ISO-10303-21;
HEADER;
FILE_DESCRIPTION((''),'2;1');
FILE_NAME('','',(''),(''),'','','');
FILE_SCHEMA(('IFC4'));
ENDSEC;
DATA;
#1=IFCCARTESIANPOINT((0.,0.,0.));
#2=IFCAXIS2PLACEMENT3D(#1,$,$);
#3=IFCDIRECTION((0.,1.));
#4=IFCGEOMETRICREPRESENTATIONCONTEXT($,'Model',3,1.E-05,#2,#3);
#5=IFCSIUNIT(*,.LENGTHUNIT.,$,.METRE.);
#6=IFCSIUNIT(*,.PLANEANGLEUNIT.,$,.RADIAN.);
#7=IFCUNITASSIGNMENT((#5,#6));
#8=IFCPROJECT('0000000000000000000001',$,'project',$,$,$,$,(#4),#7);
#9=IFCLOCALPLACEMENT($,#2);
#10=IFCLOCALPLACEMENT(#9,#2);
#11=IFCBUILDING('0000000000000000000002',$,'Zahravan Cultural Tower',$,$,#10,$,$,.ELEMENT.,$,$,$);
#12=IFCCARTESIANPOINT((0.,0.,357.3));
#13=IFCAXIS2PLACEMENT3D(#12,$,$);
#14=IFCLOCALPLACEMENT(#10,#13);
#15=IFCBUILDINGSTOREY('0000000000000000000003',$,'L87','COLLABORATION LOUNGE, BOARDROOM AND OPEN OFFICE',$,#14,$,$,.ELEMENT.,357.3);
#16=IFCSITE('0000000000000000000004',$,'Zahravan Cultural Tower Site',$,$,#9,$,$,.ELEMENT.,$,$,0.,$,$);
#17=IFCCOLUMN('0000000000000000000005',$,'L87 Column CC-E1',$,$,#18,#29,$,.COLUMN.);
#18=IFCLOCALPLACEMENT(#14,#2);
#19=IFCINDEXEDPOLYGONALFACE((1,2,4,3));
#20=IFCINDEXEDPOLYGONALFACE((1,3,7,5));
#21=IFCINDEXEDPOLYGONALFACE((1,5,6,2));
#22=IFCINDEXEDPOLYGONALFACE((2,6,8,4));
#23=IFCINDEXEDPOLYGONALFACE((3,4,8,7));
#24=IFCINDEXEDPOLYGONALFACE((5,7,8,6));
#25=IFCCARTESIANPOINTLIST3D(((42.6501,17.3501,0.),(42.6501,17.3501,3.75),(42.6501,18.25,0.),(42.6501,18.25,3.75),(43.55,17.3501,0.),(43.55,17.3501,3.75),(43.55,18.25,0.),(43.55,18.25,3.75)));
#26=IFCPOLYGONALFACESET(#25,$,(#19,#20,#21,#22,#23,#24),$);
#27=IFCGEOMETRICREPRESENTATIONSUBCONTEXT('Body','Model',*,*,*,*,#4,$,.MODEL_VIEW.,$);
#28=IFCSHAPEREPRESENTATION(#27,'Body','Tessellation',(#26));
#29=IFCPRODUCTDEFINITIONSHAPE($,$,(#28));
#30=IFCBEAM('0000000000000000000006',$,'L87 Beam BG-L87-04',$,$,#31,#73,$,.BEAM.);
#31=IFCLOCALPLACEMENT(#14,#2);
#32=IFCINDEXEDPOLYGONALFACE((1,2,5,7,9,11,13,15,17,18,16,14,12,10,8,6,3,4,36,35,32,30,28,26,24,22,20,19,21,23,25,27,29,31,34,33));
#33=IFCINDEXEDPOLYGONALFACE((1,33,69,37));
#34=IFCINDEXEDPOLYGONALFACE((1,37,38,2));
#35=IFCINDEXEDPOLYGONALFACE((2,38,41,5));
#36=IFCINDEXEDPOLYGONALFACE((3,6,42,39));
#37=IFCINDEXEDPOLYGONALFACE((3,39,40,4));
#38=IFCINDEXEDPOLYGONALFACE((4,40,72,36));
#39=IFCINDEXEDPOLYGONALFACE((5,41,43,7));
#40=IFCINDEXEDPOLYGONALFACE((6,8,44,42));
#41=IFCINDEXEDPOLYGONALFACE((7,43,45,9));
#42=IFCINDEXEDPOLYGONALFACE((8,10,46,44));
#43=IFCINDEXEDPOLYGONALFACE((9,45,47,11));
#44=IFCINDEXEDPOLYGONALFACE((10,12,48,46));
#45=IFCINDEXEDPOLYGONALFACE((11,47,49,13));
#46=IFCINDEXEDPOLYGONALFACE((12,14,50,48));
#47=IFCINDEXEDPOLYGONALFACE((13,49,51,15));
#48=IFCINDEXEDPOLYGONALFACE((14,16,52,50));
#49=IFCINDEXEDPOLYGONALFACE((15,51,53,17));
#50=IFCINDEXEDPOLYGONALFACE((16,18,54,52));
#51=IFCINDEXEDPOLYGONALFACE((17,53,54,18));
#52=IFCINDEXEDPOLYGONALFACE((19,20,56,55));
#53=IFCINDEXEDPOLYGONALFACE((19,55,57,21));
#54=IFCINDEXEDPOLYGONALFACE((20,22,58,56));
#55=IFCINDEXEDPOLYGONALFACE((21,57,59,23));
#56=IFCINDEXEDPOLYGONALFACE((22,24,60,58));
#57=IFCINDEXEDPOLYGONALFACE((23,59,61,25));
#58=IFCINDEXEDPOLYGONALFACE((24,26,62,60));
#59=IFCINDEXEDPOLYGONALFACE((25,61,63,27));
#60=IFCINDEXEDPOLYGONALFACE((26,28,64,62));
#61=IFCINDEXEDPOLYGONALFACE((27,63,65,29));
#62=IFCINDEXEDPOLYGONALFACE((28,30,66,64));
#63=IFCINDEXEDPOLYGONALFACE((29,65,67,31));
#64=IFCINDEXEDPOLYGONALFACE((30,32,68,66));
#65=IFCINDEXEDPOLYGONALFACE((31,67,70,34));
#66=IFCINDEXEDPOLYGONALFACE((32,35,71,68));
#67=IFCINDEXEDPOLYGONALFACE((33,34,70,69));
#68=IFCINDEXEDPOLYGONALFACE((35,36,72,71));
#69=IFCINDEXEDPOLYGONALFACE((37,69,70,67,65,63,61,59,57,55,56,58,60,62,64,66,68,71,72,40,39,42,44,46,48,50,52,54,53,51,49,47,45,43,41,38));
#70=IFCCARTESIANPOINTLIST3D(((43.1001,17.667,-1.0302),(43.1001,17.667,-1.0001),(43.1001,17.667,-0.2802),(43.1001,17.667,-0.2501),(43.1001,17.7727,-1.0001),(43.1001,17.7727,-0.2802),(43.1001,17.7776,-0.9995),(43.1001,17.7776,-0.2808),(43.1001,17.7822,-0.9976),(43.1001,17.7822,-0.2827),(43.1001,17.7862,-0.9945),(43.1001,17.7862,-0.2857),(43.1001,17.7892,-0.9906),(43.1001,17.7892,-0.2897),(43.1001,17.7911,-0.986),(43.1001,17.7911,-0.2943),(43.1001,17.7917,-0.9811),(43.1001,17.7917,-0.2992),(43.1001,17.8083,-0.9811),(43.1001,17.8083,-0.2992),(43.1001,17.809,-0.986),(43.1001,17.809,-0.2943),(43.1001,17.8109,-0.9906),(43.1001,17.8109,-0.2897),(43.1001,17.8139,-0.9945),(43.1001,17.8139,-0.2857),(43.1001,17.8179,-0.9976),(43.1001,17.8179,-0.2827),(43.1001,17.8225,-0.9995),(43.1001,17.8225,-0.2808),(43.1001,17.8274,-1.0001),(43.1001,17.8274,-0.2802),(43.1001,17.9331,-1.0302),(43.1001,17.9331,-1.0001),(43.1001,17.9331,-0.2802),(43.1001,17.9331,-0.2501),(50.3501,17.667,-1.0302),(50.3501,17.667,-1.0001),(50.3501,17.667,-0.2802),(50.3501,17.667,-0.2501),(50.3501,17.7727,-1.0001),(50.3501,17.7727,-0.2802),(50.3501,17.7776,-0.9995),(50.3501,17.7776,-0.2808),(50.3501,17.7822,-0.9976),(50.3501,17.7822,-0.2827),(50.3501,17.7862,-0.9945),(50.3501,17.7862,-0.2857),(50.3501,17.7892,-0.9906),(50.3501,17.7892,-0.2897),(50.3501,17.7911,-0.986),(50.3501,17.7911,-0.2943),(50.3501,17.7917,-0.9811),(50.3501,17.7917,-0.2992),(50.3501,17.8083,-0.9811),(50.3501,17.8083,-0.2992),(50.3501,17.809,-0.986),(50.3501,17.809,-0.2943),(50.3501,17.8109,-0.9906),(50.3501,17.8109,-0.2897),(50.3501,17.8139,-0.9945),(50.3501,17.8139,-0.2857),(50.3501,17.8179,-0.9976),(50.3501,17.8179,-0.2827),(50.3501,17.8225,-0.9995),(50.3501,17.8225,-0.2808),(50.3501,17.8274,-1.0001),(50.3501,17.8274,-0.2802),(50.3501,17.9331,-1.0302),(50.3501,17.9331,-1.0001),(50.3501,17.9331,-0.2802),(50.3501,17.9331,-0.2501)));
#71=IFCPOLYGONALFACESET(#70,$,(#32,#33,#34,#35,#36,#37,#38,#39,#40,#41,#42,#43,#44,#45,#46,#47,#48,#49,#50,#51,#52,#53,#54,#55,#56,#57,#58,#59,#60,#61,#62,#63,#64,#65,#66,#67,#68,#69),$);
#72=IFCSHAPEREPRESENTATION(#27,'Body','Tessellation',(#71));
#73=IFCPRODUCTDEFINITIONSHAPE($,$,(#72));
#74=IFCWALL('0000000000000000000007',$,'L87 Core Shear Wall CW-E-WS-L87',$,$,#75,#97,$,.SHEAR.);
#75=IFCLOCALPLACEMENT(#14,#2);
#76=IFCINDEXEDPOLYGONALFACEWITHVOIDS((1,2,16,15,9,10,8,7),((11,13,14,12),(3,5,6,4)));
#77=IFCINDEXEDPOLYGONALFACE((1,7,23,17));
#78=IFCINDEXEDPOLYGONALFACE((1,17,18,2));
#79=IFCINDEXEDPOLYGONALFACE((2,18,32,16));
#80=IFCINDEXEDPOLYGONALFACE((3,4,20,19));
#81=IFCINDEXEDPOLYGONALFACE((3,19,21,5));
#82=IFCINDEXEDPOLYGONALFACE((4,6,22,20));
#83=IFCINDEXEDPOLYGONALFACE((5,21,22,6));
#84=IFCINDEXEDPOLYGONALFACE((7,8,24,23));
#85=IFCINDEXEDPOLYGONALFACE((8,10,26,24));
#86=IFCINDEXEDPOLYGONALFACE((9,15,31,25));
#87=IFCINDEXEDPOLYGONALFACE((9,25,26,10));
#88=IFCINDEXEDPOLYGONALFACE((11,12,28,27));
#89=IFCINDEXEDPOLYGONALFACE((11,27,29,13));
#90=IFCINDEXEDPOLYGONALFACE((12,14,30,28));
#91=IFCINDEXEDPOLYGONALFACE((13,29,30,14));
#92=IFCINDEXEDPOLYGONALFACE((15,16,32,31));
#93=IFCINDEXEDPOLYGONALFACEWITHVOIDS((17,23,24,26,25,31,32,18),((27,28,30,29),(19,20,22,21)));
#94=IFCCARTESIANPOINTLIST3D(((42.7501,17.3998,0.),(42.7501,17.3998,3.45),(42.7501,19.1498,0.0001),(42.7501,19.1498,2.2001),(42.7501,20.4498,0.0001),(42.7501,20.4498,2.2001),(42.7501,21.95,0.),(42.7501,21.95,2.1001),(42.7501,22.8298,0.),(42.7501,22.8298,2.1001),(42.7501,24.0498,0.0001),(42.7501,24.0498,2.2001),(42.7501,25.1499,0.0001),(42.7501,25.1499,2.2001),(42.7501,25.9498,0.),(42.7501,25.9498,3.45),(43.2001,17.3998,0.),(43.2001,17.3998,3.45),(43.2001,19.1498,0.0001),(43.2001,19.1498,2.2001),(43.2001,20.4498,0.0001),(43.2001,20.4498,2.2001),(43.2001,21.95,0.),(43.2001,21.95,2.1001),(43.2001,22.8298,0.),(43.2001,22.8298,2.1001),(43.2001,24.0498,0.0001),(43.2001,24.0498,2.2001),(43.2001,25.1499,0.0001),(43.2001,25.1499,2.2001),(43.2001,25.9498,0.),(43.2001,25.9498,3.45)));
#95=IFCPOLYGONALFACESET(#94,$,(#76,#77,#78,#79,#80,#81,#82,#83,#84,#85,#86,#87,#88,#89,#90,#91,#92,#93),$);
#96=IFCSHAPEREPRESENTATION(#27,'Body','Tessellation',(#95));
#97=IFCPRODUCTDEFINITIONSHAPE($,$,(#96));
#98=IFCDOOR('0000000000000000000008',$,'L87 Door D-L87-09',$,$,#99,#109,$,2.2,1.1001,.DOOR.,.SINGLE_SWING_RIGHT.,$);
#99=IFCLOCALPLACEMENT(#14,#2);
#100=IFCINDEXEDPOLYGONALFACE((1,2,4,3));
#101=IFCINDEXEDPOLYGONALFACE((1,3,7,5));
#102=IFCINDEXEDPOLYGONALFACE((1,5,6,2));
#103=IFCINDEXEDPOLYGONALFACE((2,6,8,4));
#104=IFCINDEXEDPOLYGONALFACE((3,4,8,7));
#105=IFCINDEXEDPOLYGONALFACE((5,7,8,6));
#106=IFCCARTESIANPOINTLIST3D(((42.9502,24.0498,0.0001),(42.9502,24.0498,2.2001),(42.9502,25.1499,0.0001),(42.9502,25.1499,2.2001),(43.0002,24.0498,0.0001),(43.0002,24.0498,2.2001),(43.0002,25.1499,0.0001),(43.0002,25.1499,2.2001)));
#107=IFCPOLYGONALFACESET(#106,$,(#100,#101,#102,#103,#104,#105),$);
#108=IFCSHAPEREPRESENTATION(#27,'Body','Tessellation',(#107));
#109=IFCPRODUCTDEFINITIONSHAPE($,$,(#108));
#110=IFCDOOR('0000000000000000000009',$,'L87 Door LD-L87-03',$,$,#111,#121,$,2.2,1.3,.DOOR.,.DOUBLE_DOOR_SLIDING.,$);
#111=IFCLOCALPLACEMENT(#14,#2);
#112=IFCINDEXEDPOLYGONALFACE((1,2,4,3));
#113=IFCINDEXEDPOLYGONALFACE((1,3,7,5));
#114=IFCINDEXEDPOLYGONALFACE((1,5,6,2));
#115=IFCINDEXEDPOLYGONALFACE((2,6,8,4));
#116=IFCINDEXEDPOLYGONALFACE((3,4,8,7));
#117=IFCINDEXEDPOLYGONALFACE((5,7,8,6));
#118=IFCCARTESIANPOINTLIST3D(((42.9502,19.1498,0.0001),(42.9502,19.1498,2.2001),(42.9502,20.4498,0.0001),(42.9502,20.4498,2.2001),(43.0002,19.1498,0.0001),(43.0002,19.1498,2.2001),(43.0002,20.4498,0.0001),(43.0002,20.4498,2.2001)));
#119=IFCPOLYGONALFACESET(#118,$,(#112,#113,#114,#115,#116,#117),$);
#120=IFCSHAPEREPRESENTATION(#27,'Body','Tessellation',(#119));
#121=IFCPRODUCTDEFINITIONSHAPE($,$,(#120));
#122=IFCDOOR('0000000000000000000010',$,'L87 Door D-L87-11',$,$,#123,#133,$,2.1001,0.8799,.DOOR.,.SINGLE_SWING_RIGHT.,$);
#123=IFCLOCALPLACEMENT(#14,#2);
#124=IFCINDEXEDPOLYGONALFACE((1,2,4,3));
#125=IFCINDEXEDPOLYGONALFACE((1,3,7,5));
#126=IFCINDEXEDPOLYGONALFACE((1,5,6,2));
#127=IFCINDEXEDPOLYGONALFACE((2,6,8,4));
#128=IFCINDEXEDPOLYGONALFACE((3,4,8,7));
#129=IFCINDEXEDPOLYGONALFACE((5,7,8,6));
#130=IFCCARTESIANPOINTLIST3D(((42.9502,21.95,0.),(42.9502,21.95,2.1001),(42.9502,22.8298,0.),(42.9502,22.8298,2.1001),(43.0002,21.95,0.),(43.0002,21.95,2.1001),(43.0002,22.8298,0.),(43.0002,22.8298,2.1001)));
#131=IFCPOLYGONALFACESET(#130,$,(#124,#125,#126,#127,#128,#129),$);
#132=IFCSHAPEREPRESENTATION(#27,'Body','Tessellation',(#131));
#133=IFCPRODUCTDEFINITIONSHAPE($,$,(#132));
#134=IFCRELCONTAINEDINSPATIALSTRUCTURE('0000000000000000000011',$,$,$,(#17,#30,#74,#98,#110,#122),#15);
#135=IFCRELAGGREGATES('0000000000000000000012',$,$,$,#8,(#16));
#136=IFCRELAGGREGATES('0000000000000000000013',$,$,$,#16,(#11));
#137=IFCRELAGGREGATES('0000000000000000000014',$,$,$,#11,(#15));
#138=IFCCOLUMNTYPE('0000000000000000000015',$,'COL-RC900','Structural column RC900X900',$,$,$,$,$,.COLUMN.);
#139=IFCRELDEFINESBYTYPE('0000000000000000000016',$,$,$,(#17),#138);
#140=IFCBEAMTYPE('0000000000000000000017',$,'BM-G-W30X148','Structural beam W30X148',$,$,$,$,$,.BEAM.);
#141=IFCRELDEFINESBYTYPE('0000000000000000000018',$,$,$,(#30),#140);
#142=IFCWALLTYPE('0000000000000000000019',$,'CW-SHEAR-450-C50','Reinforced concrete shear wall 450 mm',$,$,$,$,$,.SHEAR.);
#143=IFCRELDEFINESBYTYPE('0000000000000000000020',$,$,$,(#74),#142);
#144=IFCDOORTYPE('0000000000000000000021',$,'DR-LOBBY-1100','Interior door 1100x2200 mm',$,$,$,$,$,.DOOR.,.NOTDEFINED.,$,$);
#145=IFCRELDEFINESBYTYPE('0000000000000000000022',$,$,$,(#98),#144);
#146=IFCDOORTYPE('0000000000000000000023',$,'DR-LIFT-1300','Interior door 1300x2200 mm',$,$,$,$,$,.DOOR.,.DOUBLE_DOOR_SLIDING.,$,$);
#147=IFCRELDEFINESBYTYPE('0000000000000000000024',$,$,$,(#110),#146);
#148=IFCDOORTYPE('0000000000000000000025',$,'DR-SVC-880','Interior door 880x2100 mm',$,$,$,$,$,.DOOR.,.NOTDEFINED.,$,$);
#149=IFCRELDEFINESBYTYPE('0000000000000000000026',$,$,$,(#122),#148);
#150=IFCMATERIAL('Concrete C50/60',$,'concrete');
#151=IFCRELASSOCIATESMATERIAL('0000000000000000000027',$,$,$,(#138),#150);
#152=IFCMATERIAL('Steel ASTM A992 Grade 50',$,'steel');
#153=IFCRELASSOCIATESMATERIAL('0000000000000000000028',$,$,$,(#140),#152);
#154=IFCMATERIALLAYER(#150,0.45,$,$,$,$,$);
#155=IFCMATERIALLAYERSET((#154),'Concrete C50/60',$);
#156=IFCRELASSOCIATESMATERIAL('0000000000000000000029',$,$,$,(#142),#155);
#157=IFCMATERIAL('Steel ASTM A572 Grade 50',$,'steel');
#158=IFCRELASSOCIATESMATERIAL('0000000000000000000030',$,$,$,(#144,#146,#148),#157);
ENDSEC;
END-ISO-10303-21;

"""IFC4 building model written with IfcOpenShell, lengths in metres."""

from ifc_helpers import new_model, si_unit, direction, frame, frame_2d, origin, origin_2d, place, context, subcontext, project, spatial, rectangle, i_section, extrude, source, transform, mapped, material, layer, layer_set, material_profile, profile_set, type_object, element, fill, save


model = new_model("IFC4")

# Units and contexts
model_context = context("Model", 3, precision=1e-05, world=origin(), true_north=direction((0.0, 1.0)))
body_context = subcontext(model_context, "Body", "Model", "MODEL_VIEW")
ifc_project = project(units=[si_unit("LENGTHUNIT", "METRE"), si_unit("PLANEANGLEUNIT", "RADIAN")], contexts=[model_context])

# Site, building, storey
site_placement = place(None, origin())
site = spatial("IfcSite", under=ifc_project, at=site_placement, Name="Zahravan Cultural Tower Site", CompositionType="ELEMENT", RefElevation=0.0)
building_placement = place(site_placement, origin())
building = spatial("IfcBuilding", under=site, at=building_placement, Name="Zahravan Cultural Tower", CompositionType="ELEMENT")
storey_placement = place(building_placement, frame((0.0, 0.0, 357.3)))
storey = spatial("IfcBuildingStorey", under=building, at=storey_placement, Name="L87", Description="COLLABORATION LOUNGE, BOARDROOM AND OPEN OFFICE", CompositionType="ELEMENT", Elevation=357.3)

# Column
ifc_material_1 = material(Name="Concrete C50/60", Category="concrete")
ifc_material_profile_1 = material_profile(ifc_material_1, rectangle(XDim=0.8999, YDim=0.8999, at=origin_2d()), Name="RC900X900")
ifc_profile_set_1 = profile_set([ifc_material_profile_1], Name="Concrete C50/60")
column_type = type_object("IfcColumnType", Name="COL-RC900", Description="Structural column RC900X900", PredefinedType="COLUMN", material=ifc_profile_set_1)
shared_shape_1 = source(origin(), body_context, "Body", "SweptSolid", [
    extrude(rectangle(XDim=0.8999, YDim=0.8999, at=origin_2d()), origin(), (0.0, 0.0, 1.0), 3.75),
])
column_placement = place(storey_placement, frame((43.1001, 17.8, 0.0), z_axis=(0.0, 0.0, 1.0), x_axis=(1.0, 0.0, 0.0)))
element("IfcColumn", 1, at=column_placement, inside=storey, type_object=column_type, Name="L87 Column CC-E1", PredefinedType="COLUMN", context=body_context, shape_type="MappedRepresentation", body=[
    mapped(shared_shape_1, transform((0.0, 0.0, 0.0), x_axis=(1.0, 0.0, 0.0), y_axis=(0.0, 1.0, 0.0), z_axis=(0.0, 0.0, 1.0), scale=1.0)),
])

# Beam
ifc_material_2 = material(Name="Steel ASTM A992 Grade 50", Category="steel")
ifc_material_profile_2 = material_profile(ifc_material_2, i_section(OverallWidth=0.2661, OverallDepth=0.78, WebThickness=0.0166, FlangeThickness=0.03, FilletRadius=0.019, at=origin_2d()), Name="W30X148")
ifc_profile_set_2 = profile_set([ifc_material_profile_2], Name="Steel ASTM A992 Grade 50")
beam_type = type_object("IfcBeamType", Name="BM-G-W30X148", Description="Structural beam W30X148", PredefinedType="BEAM", material=ifc_profile_set_2)
shared_shape_2 = source(origin(), body_context, "Body", "SweptSolid", [
    extrude(i_section(OverallWidth=0.2661, OverallDepth=0.78, WebThickness=0.0166, FlangeThickness=0.03, FilletRadius=0.019, at=origin_2d()), origin(), (0.0, 0.0, 1.0), 7.25),
])
beam_placement = place(storey_placement, frame((43.1001, 17.8, -0.6401), z_axis=(1.0, 0.0, 0.0), x_axis=(0.0, 1.0, 0.0)))
element("IfcBeam", 2, at=beam_placement, inside=storey, type_object=beam_type, Name="L87 Beam BG-L87-04", PredefinedType="BEAM", context=body_context, shape_type="MappedRepresentation", body=[
    mapped(shared_shape_2, transform((0.0, 0.0, 0.0), x_axis=(1.0, 0.0, 0.0), y_axis=(0.0, 1.0, 0.0), z_axis=(0.0, 0.0, 1.0), scale=1.0)),
])

# Wall, openings, doors
ifc_layer_1 = layer(ifc_material_1, 0.45)
ifc_layer_set_1 = layer_set([ifc_layer_1], Name="Concrete C50/60")
wall_type_1 = type_object("IfcWallType", Name="CW-SHEAR-450-C50", Description="Reinforced concrete shear wall 450 mm", PredefinedType="SHEAR", material=ifc_layer_set_1)
wall_1_placement = place(storey_placement, frame((42.9751, 17.3999, 0.0), z_axis=(0.0, 0.0, 1.0), x_axis=(0.0, 1.0, 0.0)))
wall_1 = element("IfcWall", 3, at=wall_1_placement, inside=storey, type_object=wall_type_1, Name="L87 Core Shear Wall CW-E-WS-L87", PredefinedType="SHEAR", context=body_context, shape_type="SweptSolid", body=[
    extrude(rectangle(XDim=8.55, YDim=0.45, at=frame_2d((4.2749, 0.0))), origin(), (0.0, 0.0, 1.0), 3.45),
])
opening_1_placement = place(wall_1_placement, frame((6.6499, 0.0, 0.0)))
opening_1 = element("IfcOpeningElement", 4, at=opening_1_placement, cuts=wall_1, PredefinedType="OPENING", context=body_context, shape_type="SweptSolid", body=[
    extrude(rectangle(XDim=1.1001, YDim=2.2, at=frame_2d((0.55, 1.1001))), frame((0.0, 0.2349, 0.0), z_axis=(0.0, -1.0, 0.0), x_axis=(1.0, 0.0, 0.0)), (0.0, 0.0, 1.0), 0.47),
])
opening_2_placement = place(wall_1_placement, frame((1.75, 0.0, 0.0)))
opening_2 = element("IfcOpeningElement", 5, at=opening_2_placement, cuts=wall_1, PredefinedType="OPENING", context=body_context, shape_type="SweptSolid", body=[
    extrude(rectangle(XDim=1.3, YDim=2.2, at=frame_2d((0.6499, 1.1001))), frame((0.0, 0.2349, 0.0), z_axis=(0.0, -1.0, 0.0), x_axis=(1.0, 0.0, 0.0)), (0.0, 0.0, 1.0), 0.47),
])
opening_3_placement = place(wall_1_placement, frame((4.55, 0.0, 0.0)))
opening_3 = element("IfcOpeningElement", 6, at=opening_3_placement, cuts=wall_1, PredefinedType="OPENING", context=body_context, shape_type="SweptSolid", body=[
    extrude(rectangle(XDim=0.8799, YDim=2.1001, at=frame_2d((0.4399, 1.05))), frame((0.0, 0.2349, 0.0), z_axis=(0.0, -1.0, 0.0), x_axis=(1.0, 0.0, 0.0)), (0.0, 0.0, 1.0), 0.47),
])
ifc_material_3 = material(Name="Steel ASTM A572 Grade 50", Category="steel")
door_type_1 = type_object("IfcDoorType", Name="DR-LOBBY-1100", Description="Interior door 1100x2200 mm", OperationType="NOTDEFINED", PredefinedType="DOOR", material=ifc_material_3)
shared_shape_3 = source(origin(), body_context, "Body", "SweptSolid", [
    extrude(rectangle(XDim=1.1001, YDim=2.2, at=frame_2d((0.55, 1.1001))), frame((0.0, 0.0249, 0.0), z_axis=(0.0, -1.0, 0.0), x_axis=(1.0, 0.0, 0.0)), (0.0, 0.0, 1.0), 0.05),
])
door_1_placement = place(opening_1_placement, origin())
door_1 = element("IfcDoor", 7, at=door_1_placement, inside=storey, type_object=door_type_1, Name="L87 Door D-L87-09", OperationType="SINGLE_SWING_RIGHT", OverallHeight=2.2, OverallWidth=1.1001, PredefinedType="DOOR", context=body_context, shape_type="MappedRepresentation", body=[
    mapped(shared_shape_3, transform((0.0, 0.0, 0.0), x_axis=(1.0, 0.0, 0.0), y_axis=(0.0, 1.0, 0.0), z_axis=(0.0, 0.0, 1.0), scale=1.0)),
])
fill(opening_1, door_1)
door_type_2 = type_object("IfcDoorType", Name="DR-LIFT-1300", Description="Interior door 1300x2200 mm", OperationType="DOUBLE_DOOR_SLIDING", PredefinedType="DOOR", material=ifc_material_3)
shared_shape_4 = source(origin(), body_context, "Body", "SweptSolid", [
    extrude(rectangle(XDim=1.3, YDim=2.2, at=frame_2d((0.6499, 1.1001))), frame((0.0, 0.0249, 0.0), z_axis=(0.0, -1.0, 0.0), x_axis=(1.0, 0.0, 0.0)), (0.0, 0.0, 1.0), 0.05),
])
door_2_placement = place(opening_2_placement, origin())
door_2 = element("IfcDoor", 8, at=door_2_placement, inside=storey, type_object=door_type_2, Name="L87 Door LD-L87-03", OperationType="DOUBLE_DOOR_SLIDING", OverallHeight=2.2, OverallWidth=1.3, PredefinedType="DOOR", context=body_context, shape_type="MappedRepresentation", body=[
    mapped(shared_shape_4, transform((0.0, 0.0, 0.0), x_axis=(1.0, 0.0, 0.0), y_axis=(0.0, 1.0, 0.0), z_axis=(0.0, 0.0, 1.0), scale=1.0)),
])
fill(opening_2, door_2)
door_type_3 = type_object("IfcDoorType", Name="DR-SVC-880", Description="Interior door 880x2100 mm", OperationType="NOTDEFINED", PredefinedType="DOOR", material=ifc_material_3)
shared_shape_5 = source(origin(), body_context, "Body", "SweptSolid", [
    extrude(rectangle(XDim=0.8799, YDim=2.1001, at=frame_2d((0.4399, 1.05))), frame((0.0, 0.0249, 0.0), z_axis=(0.0, -1.0, 0.0), x_axis=(1.0, 0.0, 0.0)), (0.0, 0.0, 1.0), 0.05),
])
door_3_placement = place(opening_3_placement, origin())
door_3 = element("IfcDoor", 9, at=door_3_placement, inside=storey, type_object=door_type_3, Name="L87 Door D-L87-11", OperationType="SINGLE_SWING_RIGHT", OverallHeight=2.1001, OverallWidth=0.8799, PredefinedType="DOOR", context=body_context, shape_type="MappedRepresentation", body=[
    mapped(shared_shape_5, transform((0.0, 0.0, 0.0), x_axis=(1.0, 0.0, 0.0), y_axis=(0.0, 1.0, 0.0), z_axis=(0.0, 0.0, 1.0), scale=1.0)),
])
fill(opening_3, door_3)

save(model, "model.ifc")
